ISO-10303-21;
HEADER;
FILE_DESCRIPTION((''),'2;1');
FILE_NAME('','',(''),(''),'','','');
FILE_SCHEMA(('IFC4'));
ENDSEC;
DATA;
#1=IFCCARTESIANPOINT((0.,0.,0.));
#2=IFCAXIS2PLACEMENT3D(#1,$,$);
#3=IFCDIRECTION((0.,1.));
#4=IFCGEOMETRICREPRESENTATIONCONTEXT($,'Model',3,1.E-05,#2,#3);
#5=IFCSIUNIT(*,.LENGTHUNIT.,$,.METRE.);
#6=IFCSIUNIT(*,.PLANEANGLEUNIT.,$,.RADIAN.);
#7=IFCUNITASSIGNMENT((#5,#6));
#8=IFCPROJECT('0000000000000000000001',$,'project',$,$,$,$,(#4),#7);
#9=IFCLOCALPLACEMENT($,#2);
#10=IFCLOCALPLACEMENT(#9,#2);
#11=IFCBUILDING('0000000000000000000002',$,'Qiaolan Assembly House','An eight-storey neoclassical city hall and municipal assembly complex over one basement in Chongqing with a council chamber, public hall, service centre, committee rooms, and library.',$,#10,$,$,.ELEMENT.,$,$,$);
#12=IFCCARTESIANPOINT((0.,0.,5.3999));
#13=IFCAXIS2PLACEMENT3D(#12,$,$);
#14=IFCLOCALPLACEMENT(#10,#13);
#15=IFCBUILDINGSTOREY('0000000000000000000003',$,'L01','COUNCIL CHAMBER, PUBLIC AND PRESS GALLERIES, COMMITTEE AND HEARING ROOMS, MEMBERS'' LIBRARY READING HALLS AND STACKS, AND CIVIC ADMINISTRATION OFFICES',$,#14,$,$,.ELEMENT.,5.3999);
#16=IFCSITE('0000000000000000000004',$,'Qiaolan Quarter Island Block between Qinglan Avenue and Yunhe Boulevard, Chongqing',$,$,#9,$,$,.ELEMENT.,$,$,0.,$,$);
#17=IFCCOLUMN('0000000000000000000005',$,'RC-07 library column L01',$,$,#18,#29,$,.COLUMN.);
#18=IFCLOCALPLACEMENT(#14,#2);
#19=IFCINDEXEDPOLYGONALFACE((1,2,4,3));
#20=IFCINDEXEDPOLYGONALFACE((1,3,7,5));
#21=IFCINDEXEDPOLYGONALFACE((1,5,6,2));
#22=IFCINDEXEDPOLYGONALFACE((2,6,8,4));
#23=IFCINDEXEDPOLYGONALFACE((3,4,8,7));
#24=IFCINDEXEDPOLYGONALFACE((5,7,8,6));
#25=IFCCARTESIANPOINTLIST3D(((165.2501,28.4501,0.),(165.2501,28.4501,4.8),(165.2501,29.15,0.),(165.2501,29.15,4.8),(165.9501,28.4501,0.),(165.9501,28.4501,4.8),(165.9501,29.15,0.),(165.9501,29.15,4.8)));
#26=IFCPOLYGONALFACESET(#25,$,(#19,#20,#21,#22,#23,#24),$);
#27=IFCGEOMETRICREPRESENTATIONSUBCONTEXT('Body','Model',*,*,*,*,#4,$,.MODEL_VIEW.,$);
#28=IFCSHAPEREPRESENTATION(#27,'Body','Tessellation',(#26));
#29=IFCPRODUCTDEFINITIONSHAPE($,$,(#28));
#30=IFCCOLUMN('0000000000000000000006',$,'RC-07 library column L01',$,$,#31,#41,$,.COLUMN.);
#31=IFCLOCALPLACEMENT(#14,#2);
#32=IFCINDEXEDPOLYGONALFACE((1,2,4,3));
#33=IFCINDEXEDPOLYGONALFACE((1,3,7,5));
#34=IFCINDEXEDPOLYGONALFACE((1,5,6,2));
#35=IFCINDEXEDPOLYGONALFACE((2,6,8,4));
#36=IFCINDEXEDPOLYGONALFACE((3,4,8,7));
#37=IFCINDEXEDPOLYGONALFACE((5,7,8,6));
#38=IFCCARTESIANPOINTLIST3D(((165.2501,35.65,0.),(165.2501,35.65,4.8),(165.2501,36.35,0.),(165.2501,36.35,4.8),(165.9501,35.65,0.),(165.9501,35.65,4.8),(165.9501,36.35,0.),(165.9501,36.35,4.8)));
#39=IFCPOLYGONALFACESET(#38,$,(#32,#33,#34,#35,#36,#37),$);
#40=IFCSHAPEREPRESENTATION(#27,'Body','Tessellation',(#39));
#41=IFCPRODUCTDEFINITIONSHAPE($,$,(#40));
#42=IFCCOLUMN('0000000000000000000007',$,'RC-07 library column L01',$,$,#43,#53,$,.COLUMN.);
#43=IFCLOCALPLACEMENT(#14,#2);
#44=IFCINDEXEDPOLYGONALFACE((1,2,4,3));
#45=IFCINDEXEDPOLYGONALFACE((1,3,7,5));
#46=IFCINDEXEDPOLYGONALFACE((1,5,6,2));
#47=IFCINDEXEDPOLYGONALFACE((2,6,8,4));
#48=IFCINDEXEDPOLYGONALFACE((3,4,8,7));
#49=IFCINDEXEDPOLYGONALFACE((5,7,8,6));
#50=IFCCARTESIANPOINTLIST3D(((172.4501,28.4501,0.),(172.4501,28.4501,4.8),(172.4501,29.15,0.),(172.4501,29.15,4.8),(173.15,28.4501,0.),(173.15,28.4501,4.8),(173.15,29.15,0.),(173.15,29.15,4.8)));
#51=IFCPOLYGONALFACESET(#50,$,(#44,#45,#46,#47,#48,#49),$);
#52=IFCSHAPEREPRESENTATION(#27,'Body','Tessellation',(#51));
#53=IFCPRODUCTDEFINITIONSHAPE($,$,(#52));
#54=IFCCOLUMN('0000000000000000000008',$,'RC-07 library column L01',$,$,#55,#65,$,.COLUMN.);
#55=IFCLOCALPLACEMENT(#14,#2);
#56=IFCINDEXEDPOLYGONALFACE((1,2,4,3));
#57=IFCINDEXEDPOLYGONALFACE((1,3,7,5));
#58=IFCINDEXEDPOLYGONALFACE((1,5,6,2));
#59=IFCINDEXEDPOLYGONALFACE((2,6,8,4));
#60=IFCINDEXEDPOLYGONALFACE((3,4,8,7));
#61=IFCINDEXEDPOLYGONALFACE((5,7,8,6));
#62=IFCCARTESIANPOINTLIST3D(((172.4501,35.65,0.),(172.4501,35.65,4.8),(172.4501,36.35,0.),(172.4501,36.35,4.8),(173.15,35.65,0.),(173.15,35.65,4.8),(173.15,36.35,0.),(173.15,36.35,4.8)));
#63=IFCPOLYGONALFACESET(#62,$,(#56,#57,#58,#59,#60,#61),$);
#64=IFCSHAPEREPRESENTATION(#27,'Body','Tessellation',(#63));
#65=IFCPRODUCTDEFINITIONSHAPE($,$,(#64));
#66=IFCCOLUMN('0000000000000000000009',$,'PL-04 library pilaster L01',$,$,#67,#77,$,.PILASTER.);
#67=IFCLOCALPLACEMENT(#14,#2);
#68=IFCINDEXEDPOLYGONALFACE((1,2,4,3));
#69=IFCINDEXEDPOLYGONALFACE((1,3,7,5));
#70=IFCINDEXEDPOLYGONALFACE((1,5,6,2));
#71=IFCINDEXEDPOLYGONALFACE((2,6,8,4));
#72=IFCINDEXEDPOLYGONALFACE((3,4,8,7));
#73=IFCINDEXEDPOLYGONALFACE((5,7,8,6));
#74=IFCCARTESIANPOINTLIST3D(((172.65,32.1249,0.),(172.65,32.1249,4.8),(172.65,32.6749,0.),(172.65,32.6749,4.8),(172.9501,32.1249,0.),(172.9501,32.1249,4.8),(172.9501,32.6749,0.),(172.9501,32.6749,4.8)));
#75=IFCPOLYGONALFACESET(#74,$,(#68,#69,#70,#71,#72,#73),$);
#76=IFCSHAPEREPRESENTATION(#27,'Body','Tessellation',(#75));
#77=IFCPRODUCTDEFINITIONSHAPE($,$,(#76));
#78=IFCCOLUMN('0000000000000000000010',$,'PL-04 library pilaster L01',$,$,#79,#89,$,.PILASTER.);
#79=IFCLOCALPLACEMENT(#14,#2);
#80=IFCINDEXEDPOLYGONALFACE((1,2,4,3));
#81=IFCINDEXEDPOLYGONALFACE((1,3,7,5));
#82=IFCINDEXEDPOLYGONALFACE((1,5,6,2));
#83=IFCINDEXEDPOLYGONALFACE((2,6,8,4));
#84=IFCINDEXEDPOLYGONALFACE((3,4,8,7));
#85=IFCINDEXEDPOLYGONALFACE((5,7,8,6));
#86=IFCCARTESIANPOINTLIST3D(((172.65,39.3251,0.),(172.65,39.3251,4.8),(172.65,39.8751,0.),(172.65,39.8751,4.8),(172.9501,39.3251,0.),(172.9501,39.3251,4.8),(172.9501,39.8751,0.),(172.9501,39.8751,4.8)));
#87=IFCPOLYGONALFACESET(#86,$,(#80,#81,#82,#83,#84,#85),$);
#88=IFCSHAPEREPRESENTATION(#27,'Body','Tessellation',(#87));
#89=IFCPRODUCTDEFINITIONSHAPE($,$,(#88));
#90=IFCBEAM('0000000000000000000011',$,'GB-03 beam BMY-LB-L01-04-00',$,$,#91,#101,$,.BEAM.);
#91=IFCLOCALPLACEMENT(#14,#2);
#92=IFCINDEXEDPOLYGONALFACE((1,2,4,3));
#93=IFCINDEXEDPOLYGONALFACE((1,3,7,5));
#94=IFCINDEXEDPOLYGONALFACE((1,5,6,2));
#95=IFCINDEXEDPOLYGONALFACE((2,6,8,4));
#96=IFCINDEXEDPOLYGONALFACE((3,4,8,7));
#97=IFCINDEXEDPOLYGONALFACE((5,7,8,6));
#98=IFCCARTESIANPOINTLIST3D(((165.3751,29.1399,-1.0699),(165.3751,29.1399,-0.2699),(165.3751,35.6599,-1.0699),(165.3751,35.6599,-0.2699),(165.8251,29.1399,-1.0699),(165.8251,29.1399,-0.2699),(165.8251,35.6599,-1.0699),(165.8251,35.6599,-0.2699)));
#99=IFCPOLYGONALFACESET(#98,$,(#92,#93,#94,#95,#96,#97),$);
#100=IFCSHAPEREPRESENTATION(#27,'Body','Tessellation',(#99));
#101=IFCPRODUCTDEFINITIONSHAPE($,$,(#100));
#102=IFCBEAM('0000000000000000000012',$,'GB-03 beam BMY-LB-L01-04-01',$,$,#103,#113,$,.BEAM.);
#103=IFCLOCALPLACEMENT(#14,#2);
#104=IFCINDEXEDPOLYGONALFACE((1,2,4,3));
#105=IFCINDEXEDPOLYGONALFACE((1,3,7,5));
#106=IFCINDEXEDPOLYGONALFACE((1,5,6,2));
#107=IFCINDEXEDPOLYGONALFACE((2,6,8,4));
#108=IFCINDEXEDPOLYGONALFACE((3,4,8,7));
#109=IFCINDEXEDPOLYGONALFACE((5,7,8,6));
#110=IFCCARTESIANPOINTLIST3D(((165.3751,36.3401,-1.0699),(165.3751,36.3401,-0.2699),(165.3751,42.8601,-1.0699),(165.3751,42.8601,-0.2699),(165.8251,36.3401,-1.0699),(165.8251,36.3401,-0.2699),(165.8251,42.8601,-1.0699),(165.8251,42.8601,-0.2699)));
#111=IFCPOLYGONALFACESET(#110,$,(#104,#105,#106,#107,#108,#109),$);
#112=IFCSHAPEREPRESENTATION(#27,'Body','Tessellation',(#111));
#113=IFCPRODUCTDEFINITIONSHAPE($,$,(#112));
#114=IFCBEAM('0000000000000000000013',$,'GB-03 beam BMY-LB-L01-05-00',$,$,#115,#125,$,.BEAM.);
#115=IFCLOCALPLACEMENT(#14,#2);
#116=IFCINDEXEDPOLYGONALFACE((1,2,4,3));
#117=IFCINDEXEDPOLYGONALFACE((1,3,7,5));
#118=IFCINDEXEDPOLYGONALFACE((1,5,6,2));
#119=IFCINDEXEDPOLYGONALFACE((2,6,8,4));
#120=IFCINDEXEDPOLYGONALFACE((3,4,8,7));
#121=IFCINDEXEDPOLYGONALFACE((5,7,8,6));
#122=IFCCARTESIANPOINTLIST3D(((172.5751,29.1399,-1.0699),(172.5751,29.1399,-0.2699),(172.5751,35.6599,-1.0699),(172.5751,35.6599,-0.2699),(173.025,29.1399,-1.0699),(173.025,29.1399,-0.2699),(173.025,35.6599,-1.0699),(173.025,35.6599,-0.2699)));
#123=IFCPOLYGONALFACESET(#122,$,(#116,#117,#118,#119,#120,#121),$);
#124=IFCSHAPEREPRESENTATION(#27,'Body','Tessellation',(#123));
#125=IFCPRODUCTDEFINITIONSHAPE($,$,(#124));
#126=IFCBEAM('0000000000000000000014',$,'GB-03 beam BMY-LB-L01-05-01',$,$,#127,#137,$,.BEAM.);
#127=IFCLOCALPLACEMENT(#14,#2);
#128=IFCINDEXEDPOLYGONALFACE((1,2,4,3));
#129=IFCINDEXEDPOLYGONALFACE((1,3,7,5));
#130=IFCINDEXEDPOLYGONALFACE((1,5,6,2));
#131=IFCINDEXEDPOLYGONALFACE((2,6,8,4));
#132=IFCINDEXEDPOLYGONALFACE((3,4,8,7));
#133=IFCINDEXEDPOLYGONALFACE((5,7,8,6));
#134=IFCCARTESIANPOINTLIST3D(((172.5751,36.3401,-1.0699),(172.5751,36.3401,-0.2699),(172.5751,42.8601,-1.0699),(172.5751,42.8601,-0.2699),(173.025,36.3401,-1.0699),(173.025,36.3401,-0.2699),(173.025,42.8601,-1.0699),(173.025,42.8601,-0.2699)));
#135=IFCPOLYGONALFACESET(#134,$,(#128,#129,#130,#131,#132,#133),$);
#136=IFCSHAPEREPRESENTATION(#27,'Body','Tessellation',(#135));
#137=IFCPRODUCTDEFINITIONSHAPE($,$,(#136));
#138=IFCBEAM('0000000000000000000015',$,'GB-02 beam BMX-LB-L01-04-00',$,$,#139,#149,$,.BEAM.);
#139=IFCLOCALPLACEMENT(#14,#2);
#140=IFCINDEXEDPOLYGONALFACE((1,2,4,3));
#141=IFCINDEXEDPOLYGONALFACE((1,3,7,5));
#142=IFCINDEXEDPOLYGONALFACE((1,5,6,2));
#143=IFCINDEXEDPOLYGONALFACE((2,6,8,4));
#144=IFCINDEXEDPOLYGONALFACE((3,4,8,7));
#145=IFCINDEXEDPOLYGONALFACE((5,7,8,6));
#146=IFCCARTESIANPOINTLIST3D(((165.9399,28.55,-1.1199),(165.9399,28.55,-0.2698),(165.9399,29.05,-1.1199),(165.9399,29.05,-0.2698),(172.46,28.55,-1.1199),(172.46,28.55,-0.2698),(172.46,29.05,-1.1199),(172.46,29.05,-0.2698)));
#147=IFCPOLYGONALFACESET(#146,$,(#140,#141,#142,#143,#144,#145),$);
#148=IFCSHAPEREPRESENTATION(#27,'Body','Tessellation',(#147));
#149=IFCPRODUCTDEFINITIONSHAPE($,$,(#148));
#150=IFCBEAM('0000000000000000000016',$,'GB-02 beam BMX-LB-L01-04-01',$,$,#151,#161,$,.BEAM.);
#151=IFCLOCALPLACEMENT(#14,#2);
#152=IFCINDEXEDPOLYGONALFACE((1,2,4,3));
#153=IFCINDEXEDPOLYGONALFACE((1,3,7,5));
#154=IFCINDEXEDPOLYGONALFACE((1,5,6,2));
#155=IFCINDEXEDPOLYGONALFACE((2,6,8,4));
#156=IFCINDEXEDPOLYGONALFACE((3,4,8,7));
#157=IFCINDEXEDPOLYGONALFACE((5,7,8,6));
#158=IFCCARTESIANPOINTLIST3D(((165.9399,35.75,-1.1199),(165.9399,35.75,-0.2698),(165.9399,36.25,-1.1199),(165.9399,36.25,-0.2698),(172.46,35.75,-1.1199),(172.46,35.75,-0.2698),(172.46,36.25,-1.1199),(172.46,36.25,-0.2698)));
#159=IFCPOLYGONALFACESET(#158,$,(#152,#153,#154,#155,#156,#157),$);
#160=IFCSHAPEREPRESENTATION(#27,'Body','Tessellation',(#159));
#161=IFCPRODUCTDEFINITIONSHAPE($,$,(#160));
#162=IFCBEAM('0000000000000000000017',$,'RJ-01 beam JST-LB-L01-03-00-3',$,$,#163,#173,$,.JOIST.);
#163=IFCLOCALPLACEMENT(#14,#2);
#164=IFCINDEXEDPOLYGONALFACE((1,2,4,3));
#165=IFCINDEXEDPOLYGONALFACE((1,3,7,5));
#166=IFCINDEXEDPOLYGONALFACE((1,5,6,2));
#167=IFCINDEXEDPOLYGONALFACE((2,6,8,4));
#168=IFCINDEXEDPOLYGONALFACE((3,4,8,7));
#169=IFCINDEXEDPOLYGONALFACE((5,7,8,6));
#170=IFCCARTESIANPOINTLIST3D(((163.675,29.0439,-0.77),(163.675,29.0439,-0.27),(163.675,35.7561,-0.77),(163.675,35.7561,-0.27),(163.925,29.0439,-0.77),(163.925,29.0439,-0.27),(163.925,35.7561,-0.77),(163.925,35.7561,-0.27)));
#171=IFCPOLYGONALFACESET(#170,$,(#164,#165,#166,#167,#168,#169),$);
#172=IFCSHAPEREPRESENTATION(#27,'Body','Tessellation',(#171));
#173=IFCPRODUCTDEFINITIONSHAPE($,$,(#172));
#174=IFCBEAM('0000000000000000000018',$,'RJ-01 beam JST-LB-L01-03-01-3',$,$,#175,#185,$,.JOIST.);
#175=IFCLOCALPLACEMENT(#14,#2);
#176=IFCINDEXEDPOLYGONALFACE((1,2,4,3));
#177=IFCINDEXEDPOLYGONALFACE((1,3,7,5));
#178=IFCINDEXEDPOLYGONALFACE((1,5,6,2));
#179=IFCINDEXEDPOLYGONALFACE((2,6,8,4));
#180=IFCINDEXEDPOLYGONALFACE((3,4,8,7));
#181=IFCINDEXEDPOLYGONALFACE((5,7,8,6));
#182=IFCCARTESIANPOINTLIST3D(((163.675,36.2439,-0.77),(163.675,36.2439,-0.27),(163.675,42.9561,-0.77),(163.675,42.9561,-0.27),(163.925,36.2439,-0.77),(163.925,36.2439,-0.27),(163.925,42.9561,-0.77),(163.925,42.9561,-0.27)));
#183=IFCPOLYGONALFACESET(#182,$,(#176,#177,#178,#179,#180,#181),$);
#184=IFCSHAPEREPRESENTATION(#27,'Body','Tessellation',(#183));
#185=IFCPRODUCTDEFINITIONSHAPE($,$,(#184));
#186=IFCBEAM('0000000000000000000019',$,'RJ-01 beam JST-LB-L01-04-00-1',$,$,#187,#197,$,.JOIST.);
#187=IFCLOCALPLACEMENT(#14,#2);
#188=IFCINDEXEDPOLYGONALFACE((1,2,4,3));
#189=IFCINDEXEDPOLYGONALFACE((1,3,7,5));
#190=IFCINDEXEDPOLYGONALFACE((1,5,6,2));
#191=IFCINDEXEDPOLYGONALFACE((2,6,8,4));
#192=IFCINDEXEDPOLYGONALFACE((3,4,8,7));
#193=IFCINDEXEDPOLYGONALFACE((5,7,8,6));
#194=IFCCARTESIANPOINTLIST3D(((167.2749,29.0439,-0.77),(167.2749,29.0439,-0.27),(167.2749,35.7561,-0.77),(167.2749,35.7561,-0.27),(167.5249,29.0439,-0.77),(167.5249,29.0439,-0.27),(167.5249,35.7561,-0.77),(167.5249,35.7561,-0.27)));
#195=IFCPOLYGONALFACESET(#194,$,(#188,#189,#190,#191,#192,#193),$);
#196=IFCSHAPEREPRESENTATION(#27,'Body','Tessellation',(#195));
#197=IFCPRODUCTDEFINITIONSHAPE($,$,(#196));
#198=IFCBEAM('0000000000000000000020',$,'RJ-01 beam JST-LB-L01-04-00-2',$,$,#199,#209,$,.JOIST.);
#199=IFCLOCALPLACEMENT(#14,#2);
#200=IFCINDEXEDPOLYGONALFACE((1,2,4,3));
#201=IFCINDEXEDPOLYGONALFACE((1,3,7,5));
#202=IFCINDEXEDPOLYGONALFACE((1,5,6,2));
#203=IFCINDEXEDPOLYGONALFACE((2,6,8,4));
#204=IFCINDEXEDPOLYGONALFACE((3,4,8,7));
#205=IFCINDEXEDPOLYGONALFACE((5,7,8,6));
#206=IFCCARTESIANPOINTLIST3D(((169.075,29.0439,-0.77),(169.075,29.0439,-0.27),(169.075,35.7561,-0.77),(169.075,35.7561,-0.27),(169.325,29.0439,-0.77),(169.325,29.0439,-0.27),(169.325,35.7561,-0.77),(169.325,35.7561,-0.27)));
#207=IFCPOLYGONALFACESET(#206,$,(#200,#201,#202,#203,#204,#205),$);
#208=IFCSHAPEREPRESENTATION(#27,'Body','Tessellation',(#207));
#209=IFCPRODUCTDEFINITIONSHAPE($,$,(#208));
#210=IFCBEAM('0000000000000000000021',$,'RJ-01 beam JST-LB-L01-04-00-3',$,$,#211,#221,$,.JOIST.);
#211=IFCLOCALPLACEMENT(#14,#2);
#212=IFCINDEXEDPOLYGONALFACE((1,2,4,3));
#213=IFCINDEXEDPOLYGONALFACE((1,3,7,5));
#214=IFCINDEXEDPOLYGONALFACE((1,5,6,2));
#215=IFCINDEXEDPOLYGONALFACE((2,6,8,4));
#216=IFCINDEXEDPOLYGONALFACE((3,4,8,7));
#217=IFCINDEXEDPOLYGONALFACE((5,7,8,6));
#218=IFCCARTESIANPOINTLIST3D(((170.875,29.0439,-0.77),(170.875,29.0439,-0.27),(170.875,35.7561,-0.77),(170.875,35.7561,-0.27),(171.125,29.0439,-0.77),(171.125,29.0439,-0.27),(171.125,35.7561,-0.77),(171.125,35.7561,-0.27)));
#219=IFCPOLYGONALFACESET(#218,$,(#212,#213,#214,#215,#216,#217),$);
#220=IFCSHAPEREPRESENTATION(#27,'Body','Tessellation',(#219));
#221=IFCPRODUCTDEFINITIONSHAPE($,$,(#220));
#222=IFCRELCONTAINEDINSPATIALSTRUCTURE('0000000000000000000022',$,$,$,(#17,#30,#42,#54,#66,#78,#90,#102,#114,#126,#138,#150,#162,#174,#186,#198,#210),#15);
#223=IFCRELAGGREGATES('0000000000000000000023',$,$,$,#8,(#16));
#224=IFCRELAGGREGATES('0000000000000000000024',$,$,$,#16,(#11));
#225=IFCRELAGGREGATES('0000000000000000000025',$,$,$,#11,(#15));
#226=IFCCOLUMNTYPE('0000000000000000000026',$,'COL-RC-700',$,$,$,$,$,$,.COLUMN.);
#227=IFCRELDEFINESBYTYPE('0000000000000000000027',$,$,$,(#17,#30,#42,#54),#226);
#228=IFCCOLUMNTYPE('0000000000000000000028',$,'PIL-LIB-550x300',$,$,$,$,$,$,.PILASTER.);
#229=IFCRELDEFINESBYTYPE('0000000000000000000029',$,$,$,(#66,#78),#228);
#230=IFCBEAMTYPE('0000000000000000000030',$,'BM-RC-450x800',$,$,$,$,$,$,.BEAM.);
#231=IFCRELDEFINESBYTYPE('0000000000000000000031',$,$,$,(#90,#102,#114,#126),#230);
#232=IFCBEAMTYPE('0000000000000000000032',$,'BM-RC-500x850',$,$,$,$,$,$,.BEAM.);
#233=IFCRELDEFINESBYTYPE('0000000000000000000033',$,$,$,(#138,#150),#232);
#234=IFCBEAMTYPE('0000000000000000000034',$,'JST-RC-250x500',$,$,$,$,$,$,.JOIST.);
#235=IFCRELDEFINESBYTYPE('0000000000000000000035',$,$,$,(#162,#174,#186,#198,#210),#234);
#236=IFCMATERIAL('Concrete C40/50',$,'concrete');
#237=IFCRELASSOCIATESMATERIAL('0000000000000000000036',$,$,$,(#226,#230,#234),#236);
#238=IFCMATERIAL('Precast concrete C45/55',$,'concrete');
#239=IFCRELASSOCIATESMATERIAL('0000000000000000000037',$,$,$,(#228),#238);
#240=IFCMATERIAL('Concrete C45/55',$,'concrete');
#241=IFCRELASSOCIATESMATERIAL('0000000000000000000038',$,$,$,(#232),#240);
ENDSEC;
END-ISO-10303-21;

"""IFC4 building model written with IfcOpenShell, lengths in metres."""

from ifc_helpers import new_model, si_unit, direction, frame, origin, origin_2d, place, context, subcontext, project, spatial, rectangle, extrude, material, material_profile, profile_set, type_object, element, save


model = new_model("IFC4")

# Units and contexts
model_context = context("Model", 3, precision=1e-05, world=origin(), true_north=direction((0.0, 1.0)))
body_context = subcontext(model_context, "Body", "Model", "MODEL_VIEW")
ifc_project = project(units=[si_unit("LENGTHUNIT", "METRE"), si_unit("PLANEANGLEUNIT", "RADIAN")], contexts=[model_context])

# Site, building, storey
site_placement = place(None, origin())
site = spatial("IfcSite", under=ifc_project, at=site_placement, Name="Qiaolan Quarter Island Block between Qinglan Avenue and Yunhe Boulevard, Chongqing", CompositionType="ELEMENT", RefElevation=0.0)
building_placement = place(site_placement, origin())
building = spatial("IfcBuilding", under=site, at=building_placement, Name="Qiaolan Assembly House", Description="An eight-storey neoclassical city hall and municipal assembly complex over one basement in Chongqing with a council chamber, public hall, service centre, committee rooms, and library.", CompositionType="ELEMENT")
storey_placement = place(building_placement, frame((0.0, 0.0, 5.3999)))
storey = spatial("IfcBuildingStorey", under=building, at=storey_placement, Name="L01", Description="COUNCIL CHAMBER, PUBLIC AND PRESS GALLERIES, COMMITTEE AND HEARING ROOMS, MEMBERS' LIBRARY READING HALLS AND STACKS, AND CIVIC ADMINISTRATION OFFICES", CompositionType="ELEMENT", Elevation=5.3999)

# Columns
ifc_material_1 = material(Name="Concrete C40/50", Category="concrete")
ifc_material_profile_1 = material_profile(ifc_material_1, rectangle(XDim=0.7, YDim=0.7, at=origin_2d()), Name="RC 700x700")
ifc_profile_set_1 = profile_set([ifc_material_profile_1], Name="Concrete C40/50")
column_type_1 = type_object("IfcColumnType", Name="COL-RC-700", PredefinedType="COLUMN", material=ifc_profile_set_1)
for number, where, z_axis, x_axis, name in (
    (1, (165.6001, 28.8, 0.0), (0.0, 0.0, 1.0), (1.0, 0.0, 0.0), "RC-07 library column L01"),
    (2, (165.6001, 36.0, 0.0), (0.0, 0.0, 1.0), (1.0, 0.0, 0.0), "RC-07 library column L01"),
    (3, (172.8, 28.8, 0.0), (0.0, 0.0, 1.0), (1.0, 0.0, 0.0), "RC-07 library column L01"),
    (4, (172.8, 36.0, 0.0), (0.0, 0.0, 1.0), (1.0, 0.0, 0.0), "RC-07 library column L01"),
):
    element("IfcColumn", number, at=place(storey_placement, frame(where, z_axis=z_axis, x_axis=x_axis)), inside=storey, type_object=column_type_1, Name=name, PredefinedType="COLUMN", context=body_context, shape_type="SweptSolid", body=[
        extrude(rectangle(XDim=0.7, YDim=0.7, at=origin_2d()), origin(), (0.0, 0.0, 1.0), 4.8),
    ])
ifc_material_2 = material(Name="Precast concrete C45/55", Category="concrete")
ifc_material_profile_2 = material_profile(ifc_material_2, rectangle(XDim=0.55, YDim=0.3, at=origin_2d()), Name="PIL 550x300")
ifc_profile_set_2 = profile_set([ifc_material_profile_2], Name="Precast concrete C45/55")
column_type_2 = type_object("IfcColumnType", Name="PIL-LIB-550x300", PredefinedType="PILASTER", material=ifc_profile_set_2)
for number, where, z_axis, x_axis, name in (
    (5, (172.8, 32.3999, 0.0), (0.0, 0.0, 1.0), (0.0, 1.0, 0.0), "PL-04 library pilaster L01"),
    (6, (172.8, 39.6001, 0.0), (0.0, 0.0, 1.0), (0.0, 1.0, 0.0), "PL-04 library pilaster L01"),
):
    element("IfcColumn", number, at=place(storey_placement, frame(where, z_axis=z_axis, x_axis=x_axis)), inside=storey, type_object=column_type_2, Name=name, PredefinedType="PILASTER", context=body_context, shape_type="SweptSolid", body=[
        extrude(rectangle(XDim=0.55, YDim=0.3, at=origin_2d()), origin(), (0.0, 0.0, 1.0), 4.8),
    ])

# Beams
ifc_material_profile_3 = material_profile(ifc_material_1, rectangle(XDim=0.45, YDim=0.8, at=origin_2d()), Name="RCB 450x800")
ifc_profile_set_3 = profile_set([ifc_material_profile_3], Name="Concrete C40/50")
beam_type_1 = type_object("IfcBeamType", Name="BM-RC-450x800", PredefinedType="BEAM", material=ifc_profile_set_3)
for number, where, z_axis, x_axis, name in (
    (7, (165.6001, 29.1399, -0.6699), (0.0, 1.0, 0.0), (-1.0, 0.0, 0.0), "GB-03 beam BMY-LB-L01-04-00"),
    (8, (165.6001, 36.3401, -0.6699), (0.0, 1.0, 0.0), (-1.0, 0.0, 0.0), "GB-03 beam BMY-LB-L01-04-01"),
    (9, (172.8, 29.1399, -0.6699), (0.0, 1.0, 0.0), (-1.0, 0.0, 0.0), "GB-03 beam BMY-LB-L01-05-00"),
    (10, (172.8, 36.3401, -0.6699), (0.0, 1.0, 0.0), (-1.0, 0.0, 0.0), "GB-03 beam BMY-LB-L01-05-01"),
):
    element("IfcBeam", number, at=place(storey_placement, frame(where, z_axis=z_axis, x_axis=x_axis)), inside=storey, type_object=beam_type_1, Name=name, PredefinedType="BEAM", context=body_context, shape_type="SweptSolid", body=[
        extrude(rectangle(XDim=0.45, YDim=0.8, at=origin_2d()), origin(), (0.0, 0.0, 1.0), 6.52),
    ])
ifc_material_3 = material(Name="Concrete C45/55", Category="concrete")
ifc_material_profile_4 = material_profile(ifc_material_3, rectangle(XDim=0.5, YDim=0.8501, at=origin_2d()), Name="RCB 500x850")
ifc_profile_set_4 = profile_set([ifc_material_profile_4], Name="Concrete C45/55")
beam_type_2 = type_object("IfcBeamType", Name="BM-RC-500x850", PredefinedType="BEAM", material=ifc_profile_set_4)
for number, where, z_axis, x_axis, name in (
    (11, (165.9399, 28.8, -0.6948), (1.0, 0.0, 0.0), (0.0, 1.0, 0.0), "GB-02 beam BMX-LB-L01-04-00"),
    (12, (165.9399, 36.0, -0.6948), (1.0, 0.0, 0.0), (0.0, 1.0, 0.0), "GB-02 beam BMX-LB-L01-04-01"),
):
    element("IfcBeam", number, at=place(storey_placement, frame(where, z_axis=z_axis, x_axis=x_axis)), inside=storey, type_object=beam_type_2, Name=name, PredefinedType="BEAM", context=body_context, shape_type="SweptSolid", body=[
        extrude(rectangle(XDim=0.5, YDim=0.8501, at=origin_2d()), origin(), (0.0, 0.0, 1.0), 6.52),
    ])
ifc_material_profile_5 = material_profile(ifc_material_1, rectangle(XDim=0.25, YDim=0.5, at=origin_2d()), Name="RCB 250x500")
ifc_profile_set_5 = profile_set([ifc_material_profile_5], Name="Concrete C40/50")
beam_type_3 = type_object("IfcBeamType", Name="JST-RC-250x500", PredefinedType="JOIST", material=ifc_profile_set_5)
for number, where, z_axis, x_axis, name in (
    (13, (163.8, 29.0439, -0.52), (0.0, 1.0, 0.0), (-1.0, 0.0, 0.0), "RJ-01 beam JST-LB-L01-03-00-3"),
    (14, (163.8, 36.2439, -0.52), (0.0, 1.0, 0.0), (-1.0, 0.0, 0.0), "RJ-01 beam JST-LB-L01-03-01-3"),
    (15, (167.3999, 29.0439, -0.52), (0.0, 1.0, 0.0), (-1.0, 0.0, 0.0), "RJ-01 beam JST-LB-L01-04-00-1"),
    (16, (169.2, 29.0439, -0.52), (0.0, 1.0, 0.0), (-1.0, 0.0, 0.0), "RJ-01 beam JST-LB-L01-04-00-2"),
    (17, (171.0, 29.0439, -0.52), (0.0, 1.0, 0.0), (-1.0, 0.0, 0.0), "RJ-01 beam JST-LB-L01-04-00-3"),
):
    element("IfcBeam", number, at=place(storey_placement, frame(where, z_axis=z_axis, x_axis=x_axis)), inside=storey, type_object=beam_type_3, Name=name, PredefinedType="JOIST", context=body_context, shape_type="SweptSolid", body=[
        extrude(rectangle(XDim=0.25, YDim=0.5, at=origin_2d()), origin(), (0.0, 0.0, 1.0), 6.7122),
    ])

save(model, "model.ifc")
